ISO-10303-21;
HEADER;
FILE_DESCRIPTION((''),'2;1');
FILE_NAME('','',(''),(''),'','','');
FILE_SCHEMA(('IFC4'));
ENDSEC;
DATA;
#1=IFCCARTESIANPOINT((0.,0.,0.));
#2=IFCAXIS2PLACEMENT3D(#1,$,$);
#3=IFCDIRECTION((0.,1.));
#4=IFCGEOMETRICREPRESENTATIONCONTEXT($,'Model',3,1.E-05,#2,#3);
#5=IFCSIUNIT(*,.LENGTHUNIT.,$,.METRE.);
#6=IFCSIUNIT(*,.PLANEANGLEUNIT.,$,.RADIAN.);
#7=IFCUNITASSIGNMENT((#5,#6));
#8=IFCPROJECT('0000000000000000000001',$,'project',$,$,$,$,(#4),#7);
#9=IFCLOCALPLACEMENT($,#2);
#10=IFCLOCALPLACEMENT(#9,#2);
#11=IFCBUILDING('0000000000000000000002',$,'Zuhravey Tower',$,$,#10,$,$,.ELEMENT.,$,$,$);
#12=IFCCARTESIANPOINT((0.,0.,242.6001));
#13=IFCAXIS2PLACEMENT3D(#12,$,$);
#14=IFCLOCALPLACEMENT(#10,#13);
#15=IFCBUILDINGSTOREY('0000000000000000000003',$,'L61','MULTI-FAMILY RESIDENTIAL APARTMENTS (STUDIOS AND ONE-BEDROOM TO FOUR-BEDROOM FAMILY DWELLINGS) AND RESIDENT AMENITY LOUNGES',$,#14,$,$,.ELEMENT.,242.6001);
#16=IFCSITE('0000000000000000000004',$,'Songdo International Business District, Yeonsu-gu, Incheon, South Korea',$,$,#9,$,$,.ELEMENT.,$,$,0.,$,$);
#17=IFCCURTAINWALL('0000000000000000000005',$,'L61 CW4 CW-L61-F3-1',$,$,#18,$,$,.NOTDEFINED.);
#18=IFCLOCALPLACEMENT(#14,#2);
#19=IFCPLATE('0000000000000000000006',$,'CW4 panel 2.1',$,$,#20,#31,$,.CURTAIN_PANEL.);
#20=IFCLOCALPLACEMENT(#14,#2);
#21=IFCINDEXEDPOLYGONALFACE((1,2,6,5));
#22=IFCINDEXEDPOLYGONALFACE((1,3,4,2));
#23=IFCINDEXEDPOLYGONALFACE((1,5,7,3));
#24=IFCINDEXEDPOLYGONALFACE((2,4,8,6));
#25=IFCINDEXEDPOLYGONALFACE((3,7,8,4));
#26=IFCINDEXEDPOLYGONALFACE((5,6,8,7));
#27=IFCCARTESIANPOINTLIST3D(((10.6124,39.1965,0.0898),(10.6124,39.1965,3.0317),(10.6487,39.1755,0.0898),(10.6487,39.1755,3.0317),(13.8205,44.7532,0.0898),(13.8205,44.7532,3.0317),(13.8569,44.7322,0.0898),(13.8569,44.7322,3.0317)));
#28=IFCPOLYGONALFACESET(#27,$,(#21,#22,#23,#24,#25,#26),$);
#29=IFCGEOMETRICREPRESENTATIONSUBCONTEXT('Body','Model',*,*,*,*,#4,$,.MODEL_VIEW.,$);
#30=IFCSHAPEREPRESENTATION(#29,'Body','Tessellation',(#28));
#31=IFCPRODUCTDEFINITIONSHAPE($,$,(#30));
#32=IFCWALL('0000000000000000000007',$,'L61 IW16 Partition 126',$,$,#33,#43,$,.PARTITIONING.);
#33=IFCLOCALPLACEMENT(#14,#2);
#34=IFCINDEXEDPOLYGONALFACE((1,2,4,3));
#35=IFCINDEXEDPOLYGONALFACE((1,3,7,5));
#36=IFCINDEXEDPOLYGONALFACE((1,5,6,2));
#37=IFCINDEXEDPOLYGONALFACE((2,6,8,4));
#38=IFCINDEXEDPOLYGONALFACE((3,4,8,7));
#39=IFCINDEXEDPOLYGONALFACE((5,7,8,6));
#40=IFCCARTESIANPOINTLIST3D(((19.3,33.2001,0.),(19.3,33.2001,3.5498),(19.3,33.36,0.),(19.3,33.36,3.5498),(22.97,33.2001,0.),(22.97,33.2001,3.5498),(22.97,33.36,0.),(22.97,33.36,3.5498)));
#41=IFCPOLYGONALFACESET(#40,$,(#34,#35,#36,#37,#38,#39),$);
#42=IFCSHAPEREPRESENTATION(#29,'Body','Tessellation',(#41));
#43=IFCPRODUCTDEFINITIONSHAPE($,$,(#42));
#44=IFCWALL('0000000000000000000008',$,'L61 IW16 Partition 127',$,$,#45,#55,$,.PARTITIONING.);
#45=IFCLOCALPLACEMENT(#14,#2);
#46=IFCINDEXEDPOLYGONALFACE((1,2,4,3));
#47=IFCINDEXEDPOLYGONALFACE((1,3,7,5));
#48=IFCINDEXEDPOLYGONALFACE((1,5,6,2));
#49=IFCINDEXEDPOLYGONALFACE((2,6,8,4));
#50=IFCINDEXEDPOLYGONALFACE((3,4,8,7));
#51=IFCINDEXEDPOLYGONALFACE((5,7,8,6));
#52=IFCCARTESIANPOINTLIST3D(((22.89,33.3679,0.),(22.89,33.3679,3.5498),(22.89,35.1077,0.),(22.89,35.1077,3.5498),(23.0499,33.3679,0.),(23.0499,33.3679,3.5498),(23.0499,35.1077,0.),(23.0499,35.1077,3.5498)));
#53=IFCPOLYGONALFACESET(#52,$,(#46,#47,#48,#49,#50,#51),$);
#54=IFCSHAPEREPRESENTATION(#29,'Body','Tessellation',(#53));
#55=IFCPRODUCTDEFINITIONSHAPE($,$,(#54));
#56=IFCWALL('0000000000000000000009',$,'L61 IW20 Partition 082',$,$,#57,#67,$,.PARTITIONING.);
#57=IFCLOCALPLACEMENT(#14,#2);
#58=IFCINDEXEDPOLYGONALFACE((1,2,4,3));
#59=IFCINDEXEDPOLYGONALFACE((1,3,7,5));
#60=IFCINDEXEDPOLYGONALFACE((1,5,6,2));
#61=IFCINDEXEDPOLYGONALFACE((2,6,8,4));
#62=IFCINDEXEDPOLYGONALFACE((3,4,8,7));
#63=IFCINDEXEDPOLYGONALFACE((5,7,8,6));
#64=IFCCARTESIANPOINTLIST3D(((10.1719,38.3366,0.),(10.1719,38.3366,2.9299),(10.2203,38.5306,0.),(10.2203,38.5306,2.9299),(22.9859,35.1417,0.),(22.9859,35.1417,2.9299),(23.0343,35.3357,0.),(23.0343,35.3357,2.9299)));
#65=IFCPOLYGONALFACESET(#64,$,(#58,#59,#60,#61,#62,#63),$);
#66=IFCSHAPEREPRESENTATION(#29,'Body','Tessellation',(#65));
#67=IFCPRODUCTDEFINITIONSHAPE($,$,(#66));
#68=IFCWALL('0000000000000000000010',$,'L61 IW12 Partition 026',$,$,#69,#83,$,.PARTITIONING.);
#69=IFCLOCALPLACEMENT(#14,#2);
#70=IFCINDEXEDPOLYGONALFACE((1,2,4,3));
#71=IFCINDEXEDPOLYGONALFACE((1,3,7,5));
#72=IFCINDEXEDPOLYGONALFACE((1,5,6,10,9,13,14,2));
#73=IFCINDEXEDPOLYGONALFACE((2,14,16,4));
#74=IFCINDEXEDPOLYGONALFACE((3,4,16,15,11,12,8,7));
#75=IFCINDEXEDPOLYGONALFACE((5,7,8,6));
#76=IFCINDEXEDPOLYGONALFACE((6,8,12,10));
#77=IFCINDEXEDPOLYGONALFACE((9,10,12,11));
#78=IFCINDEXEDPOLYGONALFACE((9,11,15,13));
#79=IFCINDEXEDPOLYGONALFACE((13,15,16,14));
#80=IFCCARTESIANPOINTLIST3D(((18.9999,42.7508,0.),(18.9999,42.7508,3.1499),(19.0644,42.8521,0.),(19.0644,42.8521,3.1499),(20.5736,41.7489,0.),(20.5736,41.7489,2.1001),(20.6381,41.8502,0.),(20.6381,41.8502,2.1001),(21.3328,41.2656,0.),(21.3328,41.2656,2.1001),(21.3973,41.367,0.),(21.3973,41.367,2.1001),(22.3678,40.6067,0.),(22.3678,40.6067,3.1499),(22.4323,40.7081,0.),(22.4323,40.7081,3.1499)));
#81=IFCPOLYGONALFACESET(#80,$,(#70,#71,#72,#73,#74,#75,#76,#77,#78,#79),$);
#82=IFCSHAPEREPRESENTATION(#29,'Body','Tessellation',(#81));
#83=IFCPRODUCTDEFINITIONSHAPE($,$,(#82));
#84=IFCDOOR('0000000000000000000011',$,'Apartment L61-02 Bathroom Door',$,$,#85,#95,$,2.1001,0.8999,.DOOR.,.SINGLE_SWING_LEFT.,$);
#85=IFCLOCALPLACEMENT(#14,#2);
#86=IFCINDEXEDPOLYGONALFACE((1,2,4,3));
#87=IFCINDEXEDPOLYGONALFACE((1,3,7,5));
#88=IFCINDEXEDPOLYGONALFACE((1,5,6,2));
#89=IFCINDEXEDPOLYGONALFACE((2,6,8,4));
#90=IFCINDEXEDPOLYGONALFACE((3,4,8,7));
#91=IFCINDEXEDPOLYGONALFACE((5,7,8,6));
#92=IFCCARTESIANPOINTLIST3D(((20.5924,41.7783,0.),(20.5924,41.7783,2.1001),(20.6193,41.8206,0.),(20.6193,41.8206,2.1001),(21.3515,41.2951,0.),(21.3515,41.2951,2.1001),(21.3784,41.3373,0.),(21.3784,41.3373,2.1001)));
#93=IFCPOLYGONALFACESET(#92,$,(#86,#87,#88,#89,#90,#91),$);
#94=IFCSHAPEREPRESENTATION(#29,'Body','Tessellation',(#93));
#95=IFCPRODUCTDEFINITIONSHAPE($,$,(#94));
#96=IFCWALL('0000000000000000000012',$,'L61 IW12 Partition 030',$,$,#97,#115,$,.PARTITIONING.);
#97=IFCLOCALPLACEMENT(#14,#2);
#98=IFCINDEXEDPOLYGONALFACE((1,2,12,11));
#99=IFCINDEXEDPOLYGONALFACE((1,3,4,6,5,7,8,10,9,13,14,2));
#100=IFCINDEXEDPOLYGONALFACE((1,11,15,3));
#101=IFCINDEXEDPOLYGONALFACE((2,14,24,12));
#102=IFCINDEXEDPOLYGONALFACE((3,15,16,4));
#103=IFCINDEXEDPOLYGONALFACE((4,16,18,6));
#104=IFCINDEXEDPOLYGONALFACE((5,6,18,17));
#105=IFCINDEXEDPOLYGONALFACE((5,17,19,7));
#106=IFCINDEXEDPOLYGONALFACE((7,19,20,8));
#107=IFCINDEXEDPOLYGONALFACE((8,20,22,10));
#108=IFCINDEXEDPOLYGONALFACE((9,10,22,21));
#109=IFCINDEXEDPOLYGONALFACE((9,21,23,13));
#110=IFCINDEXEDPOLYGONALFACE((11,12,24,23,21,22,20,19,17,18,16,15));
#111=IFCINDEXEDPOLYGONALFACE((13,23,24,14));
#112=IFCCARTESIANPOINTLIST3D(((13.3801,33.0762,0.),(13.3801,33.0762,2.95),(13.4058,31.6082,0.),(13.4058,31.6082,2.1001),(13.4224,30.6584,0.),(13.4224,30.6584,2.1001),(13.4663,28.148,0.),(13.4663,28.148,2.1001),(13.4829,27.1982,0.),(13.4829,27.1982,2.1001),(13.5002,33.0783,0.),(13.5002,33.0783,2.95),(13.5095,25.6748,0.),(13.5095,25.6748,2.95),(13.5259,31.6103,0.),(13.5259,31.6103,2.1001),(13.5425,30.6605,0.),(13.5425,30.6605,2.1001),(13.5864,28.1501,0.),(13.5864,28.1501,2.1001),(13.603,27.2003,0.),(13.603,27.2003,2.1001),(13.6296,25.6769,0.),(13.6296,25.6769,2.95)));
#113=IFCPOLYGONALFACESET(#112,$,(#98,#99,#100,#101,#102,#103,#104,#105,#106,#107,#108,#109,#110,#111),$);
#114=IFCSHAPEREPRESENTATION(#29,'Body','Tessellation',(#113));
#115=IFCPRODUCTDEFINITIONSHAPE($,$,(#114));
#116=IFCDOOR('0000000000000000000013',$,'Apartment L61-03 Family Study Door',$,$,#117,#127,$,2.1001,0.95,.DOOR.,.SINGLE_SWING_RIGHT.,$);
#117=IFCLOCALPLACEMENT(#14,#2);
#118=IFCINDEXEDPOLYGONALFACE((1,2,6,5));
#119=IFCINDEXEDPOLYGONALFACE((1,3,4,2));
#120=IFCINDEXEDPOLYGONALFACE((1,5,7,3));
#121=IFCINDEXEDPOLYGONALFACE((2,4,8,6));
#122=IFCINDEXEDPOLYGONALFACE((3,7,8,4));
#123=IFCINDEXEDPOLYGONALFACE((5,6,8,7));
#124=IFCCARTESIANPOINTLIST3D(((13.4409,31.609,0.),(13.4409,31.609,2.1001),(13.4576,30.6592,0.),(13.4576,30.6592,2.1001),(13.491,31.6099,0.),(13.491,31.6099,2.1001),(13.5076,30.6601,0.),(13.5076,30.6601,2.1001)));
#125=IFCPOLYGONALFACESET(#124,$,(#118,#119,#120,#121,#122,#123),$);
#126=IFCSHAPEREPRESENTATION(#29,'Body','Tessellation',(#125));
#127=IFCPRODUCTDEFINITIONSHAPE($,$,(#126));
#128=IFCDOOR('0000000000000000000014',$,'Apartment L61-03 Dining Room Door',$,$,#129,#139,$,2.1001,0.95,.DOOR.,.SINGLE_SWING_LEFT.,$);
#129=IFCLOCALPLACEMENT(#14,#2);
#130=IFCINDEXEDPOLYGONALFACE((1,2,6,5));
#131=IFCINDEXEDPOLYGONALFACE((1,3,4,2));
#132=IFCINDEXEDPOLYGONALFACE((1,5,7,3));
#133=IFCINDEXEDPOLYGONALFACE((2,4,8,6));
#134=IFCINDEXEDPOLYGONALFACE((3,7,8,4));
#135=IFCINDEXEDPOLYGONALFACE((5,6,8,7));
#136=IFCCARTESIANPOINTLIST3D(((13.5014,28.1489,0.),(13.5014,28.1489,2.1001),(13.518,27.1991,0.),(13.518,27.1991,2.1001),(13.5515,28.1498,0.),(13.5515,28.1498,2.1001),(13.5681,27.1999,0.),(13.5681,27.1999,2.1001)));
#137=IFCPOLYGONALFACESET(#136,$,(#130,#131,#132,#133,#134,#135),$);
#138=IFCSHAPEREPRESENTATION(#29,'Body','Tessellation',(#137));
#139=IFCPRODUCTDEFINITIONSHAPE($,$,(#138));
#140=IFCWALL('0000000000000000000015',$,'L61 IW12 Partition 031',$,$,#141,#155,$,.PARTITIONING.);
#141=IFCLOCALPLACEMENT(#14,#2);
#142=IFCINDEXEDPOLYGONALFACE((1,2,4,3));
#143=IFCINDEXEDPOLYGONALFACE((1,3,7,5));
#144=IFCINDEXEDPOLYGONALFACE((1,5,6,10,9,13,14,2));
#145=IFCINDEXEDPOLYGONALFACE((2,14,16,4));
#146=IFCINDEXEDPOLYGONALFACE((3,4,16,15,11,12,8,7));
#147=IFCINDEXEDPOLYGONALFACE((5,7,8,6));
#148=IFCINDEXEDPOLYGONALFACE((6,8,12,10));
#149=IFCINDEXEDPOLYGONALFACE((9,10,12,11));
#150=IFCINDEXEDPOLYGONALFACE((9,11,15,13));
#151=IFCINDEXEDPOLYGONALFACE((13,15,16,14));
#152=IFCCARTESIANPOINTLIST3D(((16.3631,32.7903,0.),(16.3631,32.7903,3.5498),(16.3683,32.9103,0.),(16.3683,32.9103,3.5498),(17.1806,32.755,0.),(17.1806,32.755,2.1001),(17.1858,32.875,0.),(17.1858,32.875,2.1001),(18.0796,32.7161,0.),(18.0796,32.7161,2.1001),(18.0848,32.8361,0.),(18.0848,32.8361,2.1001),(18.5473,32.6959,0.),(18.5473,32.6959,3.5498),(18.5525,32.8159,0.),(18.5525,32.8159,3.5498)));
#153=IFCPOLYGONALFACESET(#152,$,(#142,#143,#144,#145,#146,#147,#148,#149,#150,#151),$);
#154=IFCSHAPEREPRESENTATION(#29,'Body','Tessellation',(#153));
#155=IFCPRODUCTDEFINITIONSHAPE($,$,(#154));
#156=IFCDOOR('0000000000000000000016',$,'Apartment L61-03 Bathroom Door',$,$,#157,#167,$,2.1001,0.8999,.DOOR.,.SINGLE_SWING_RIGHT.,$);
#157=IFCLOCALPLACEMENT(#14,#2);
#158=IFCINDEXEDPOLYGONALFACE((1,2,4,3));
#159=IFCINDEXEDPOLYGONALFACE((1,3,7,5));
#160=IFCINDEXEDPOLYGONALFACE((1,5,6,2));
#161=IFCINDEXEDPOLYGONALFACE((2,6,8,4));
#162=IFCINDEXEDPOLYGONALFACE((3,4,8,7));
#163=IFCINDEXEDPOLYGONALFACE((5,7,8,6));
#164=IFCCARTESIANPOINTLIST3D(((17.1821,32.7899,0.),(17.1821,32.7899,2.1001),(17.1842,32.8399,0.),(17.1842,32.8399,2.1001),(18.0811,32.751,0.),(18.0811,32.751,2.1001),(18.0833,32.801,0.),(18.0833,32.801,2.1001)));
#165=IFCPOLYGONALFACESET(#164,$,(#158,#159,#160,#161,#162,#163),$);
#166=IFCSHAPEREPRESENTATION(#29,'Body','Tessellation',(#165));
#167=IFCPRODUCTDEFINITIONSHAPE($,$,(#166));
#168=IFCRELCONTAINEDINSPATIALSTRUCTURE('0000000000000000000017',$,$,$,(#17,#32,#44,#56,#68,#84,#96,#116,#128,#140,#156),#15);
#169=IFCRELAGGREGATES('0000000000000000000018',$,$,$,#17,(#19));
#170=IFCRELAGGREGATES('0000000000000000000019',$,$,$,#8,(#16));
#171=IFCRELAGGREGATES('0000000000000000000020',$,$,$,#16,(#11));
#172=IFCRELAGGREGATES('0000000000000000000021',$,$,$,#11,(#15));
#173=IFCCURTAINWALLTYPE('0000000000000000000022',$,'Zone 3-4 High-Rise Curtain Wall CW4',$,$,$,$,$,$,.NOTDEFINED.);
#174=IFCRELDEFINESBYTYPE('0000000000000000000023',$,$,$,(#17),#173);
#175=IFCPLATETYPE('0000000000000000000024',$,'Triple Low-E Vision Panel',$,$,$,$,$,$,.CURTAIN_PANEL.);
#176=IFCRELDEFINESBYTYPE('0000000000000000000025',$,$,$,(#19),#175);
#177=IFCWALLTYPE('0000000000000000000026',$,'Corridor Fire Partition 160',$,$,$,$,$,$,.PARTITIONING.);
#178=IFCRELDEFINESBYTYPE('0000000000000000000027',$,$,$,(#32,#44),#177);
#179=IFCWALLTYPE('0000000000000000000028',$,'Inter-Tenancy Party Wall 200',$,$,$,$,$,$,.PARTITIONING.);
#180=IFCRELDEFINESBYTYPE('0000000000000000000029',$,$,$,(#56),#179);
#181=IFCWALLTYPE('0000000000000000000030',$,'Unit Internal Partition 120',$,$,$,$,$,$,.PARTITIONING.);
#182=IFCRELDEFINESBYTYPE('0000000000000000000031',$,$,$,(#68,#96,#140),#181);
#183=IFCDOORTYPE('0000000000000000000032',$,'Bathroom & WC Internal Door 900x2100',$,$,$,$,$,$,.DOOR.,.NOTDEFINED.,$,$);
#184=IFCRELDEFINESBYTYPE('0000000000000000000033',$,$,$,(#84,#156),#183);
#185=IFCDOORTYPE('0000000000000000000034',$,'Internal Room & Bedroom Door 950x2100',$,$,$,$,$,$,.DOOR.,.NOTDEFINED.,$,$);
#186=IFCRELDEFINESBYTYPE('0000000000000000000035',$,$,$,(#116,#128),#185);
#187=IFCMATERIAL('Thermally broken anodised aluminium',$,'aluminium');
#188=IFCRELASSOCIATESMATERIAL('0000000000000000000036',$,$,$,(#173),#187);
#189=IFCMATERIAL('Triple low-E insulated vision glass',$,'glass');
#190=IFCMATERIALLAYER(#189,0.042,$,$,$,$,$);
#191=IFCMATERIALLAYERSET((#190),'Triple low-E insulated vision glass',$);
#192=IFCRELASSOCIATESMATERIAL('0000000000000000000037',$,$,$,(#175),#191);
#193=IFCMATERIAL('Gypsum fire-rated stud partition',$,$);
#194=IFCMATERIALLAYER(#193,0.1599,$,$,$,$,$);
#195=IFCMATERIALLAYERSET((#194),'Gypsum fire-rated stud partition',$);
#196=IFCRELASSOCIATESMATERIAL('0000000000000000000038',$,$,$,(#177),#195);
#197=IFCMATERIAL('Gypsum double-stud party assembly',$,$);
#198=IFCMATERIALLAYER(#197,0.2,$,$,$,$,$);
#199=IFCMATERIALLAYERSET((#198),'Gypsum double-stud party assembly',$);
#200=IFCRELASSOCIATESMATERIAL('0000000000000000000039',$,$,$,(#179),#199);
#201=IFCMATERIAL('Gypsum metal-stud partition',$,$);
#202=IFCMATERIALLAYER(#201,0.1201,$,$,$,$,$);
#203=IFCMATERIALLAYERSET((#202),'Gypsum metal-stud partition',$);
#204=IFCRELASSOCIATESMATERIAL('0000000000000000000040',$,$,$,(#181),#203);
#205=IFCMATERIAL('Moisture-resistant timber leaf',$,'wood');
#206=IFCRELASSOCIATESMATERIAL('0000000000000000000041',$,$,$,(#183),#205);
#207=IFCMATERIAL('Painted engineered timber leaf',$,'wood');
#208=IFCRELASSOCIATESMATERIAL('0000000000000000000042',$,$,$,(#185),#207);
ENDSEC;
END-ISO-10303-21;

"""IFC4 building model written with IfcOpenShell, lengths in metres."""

from ifc_helpers import new_model, si_unit, direction, frame, frame_2d, origin, origin_2d, place, context, subcontext, project, spatial, rectangle, extrude, material, layer, layer_set, type_object, element, fill, aggregate, save


model = new_model("IFC4")

# Units and contexts
model_context = context("Model", 3, precision=1e-05, world=origin(), true_north=direction((0.0, 1.0)))
body_context = subcontext(model_context, "Body", "Model", "MODEL_VIEW")
ifc_project = project(units=[si_unit("LENGTHUNIT", "METRE"), si_unit("PLANEANGLEUNIT", "RADIAN")], contexts=[model_context])

# Site, building, storey
site_placement = place(None, origin())
site = spatial("IfcSite", under=ifc_project, at=site_placement, Name="Songdo International Business District, Yeonsu-gu, Incheon, South Korea", CompositionType="ELEMENT", RefElevation=0.0)
building_placement = place(site_placement, origin())
building = spatial("IfcBuilding", under=site, at=building_placement, Name="Zuhravey Tower", CompositionType="ELEMENT")
storey_placement = place(building_placement, frame((0.0, 0.0, 242.6001)))
storey = spatial("IfcBuildingStorey", under=building, at=storey_placement, Name="L61", Description="MULTI-FAMILY RESIDENTIAL APARTMENTS (STUDIOS AND ONE-BEDROOM TO FOUR-BEDROOM FAMILY DWELLINGS) AND RESIDENT AMENITY LOUNGES", CompositionType="ELEMENT", Elevation=242.6001)

# Curtain wall
ifc_material_1 = material(Name="Thermally broken anodised aluminium", Category="aluminium")
curtain_wall_type = type_object("IfcCurtainWallType", Name="Zone 3-4 High-Rise Curtain Wall CW4", PredefinedType="NOTDEFINED", material=ifc_material_1)
curtain_wall_placement = place(storey_placement, origin())
curtain_wall = element("IfcCurtainWall", 1, at=curtain_wall_placement, inside=storey, type_object=curtain_wall_type, Name="L61 CW4 CW-L61-F3-1", PredefinedType="NOTDEFINED")

# Plate
ifc_material_2 = material(Name="Triple low-E insulated vision glass", Category="glass")
ifc_layer_1 = layer(ifc_material_2, 0.042)
ifc_layer_set_1 = layer_set([ifc_layer_1], Name="Triple low-E insulated vision glass")
plate_type = type_object("IfcPlateType", Name="Triple Low-E Vision Panel", PredefinedType="CURTAIN_PANEL", material=ifc_layer_set_1)
plate_1_placement = place(storey_placement, frame((12.2346, 41.9644, 0.0898), z_axis=(0.0, 0.0, 1.0), x_axis=(0.500001, 0.866025, 0.0)))
plate_1 = element("IfcPlate", 2, at=plate_1_placement, type_object=plate_type, Name="CW4 panel 2.1", PredefinedType="CURTAIN_PANEL", context=body_context, shape_type="SweptSolid", body=[
    extrude(rectangle(XDim=6.4163, YDim=0.042, at=origin_2d()), origin(), (0.0, 0.0, 1.0), 2.9419),
])
aggregate(curtain_wall, [plate_1])

# Shared definitions
ifc_material_3 = material(Name="Gypsum fire-rated stud partition")
ifc_layer_2 = layer(ifc_material_3, 0.1599)
ifc_layer_set_2 = layer_set([ifc_layer_2], Name="Gypsum fire-rated stud partition")
wall_type_1 = type_object("IfcWallType", Name="Corridor Fire Partition 160", PredefinedType="PARTITIONING", material=ifc_layer_set_2)

# Walls
wall_1_placement = place(storey_placement, frame((22.97, 33.28, 0.0), z_axis=(0.0, 0.0, 1.0), x_axis=(-1.0, 0.0, 0.0)))
element("IfcWall", 3, at=wall_1_placement, inside=storey, type_object=wall_type_1, Name="L61 IW16 Partition 126", PredefinedType="PARTITIONING", context=body_context, shape_type="SweptSolid", body=[
    extrude(rectangle(XDim=3.6699, YDim=0.1599, at=frame_2d((1.835, 0.0))), origin(), (0.0, 0.0, 1.0), 3.5498),
])
wall_2_placement = place(storey_placement, frame((22.97, 35.1077, 0.0), z_axis=(0.0, 0.0, 1.0), x_axis=(0.0, -1.0, 0.0)))
element("IfcWall", 4, at=wall_2_placement, inside=storey, type_object=wall_type_1, Name="L61 IW16 Partition 127", PredefinedType="PARTITIONING", context=body_context, shape_type="SweptSolid", body=[
    extrude(rectangle(XDim=1.7397, YDim=0.1599, at=frame_2d((0.8699, 0.0))), origin(), (0.0, 0.0, 1.0), 3.5498),
])
ifc_material_4 = material(Name="Gypsum double-stud party assembly")
ifc_layer_3 = layer(ifc_material_4, 0.2)
ifc_layer_set_3 = layer_set([ifc_layer_3], Name="Gypsum double-stud party assembly")
wall_type_2 = type_object("IfcWallType", Name="Inter-Tenancy Party Wall 200", PredefinedType="PARTITIONING", material=ifc_layer_set_3)
wall_3_placement = place(storey_placement, frame((23.01, 35.2388, 0.0), z_axis=(0.0, 0.0, 1.0), x_axis=(-0.970297, 0.241918, 0.0)))
element("IfcWall", 5, at=wall_3_placement, inside=storey, type_object=wall_type_2, Name="L61 IW20 Partition 082", PredefinedType="PARTITIONING", context=body_context, shape_type="SweptSolid", body=[
    extrude(rectangle(XDim=13.2063, YDim=0.2, at=frame_2d((6.603, 0.0))), origin(), (0.0, 0.0, 1.0), 2.9299),
])

# Wall, opening, door
ifc_material_5 = material(Name="Gypsum metal-stud partition")
ifc_layer_4 = layer(ifc_material_5, 0.1201)
ifc_layer_set_4 = layer_set([ifc_layer_4], Name="Gypsum metal-stud partition")
wall_type_3 = type_object("IfcWallType", Name="Unit Internal Partition 120", PredefinedType="PARTITIONING", material=ifc_layer_set_4)
wall_4_placement = place(storey_placement, frame((22.3999, 40.6575, 0.0), z_axis=(0.0, 0.0, 1.0), x_axis=(-0.843568, 0.537022, 0.0)))
wall_4 = element("IfcWall", 6, at=wall_4_placement, inside=storey, type_object=wall_type_3, Name="L61 IW12 Partition 026", PredefinedType="PARTITIONING", context=body_context, shape_type="SweptSolid", body=[
    extrude(rectangle(XDim=3.9924, YDim=0.1201, at=frame_2d((1.9961, 0.0))), origin(), (0.0, 0.0, 1.0), 3.1499),
])
opening_1_placement = place(wall_4_placement, frame((1.2268, 0.0, 0.0)))
opening_1 = element("IfcOpeningElement", 7, at=opening_1_placement, cuts=wall_4, PredefinedType="OPENING", context=body_context, shape_type="SweptSolid", body=[
    extrude(rectangle(XDim=0.8999, YDim=2.1001, at=frame_2d((0.45, 1.05))), frame((0.0, 0.072, 0.0), z_axis=(0.0, -1.0, 0.0), x_axis=(1.0, 0.0, 0.0)), (0.0, 0.0, 1.0), 0.144),
])
ifc_material_6 = material(Name="Moisture-resistant timber leaf", Category="wood")
door_type_1 = type_object("IfcDoorType", Name="Bathroom & WC Internal Door 900x2100", OperationType="NOTDEFINED", PredefinedType="DOOR", material=ifc_material_6)
door_1_placement = place(opening_1_placement, frame((0.8999, 0.0, 0.0), z_axis=(0.0, 0.0, 1.0), x_axis=(-1.0, 0.0, 0.0)))
door_1 = element("IfcDoor", 8, at=door_1_placement, inside=storey, type_object=door_type_1, Name="Apartment L61-02 Bathroom Door", OperationType="SINGLE_SWING_LEFT", OverallHeight=2.1001, OverallWidth=0.8999, PredefinedType="DOOR", context=body_context, shape_type="SweptSolid", body=[
    extrude(rectangle(XDim=0.8999, YDim=2.1001, at=frame_2d((0.45, 1.05))), frame((0.0, 0.0249, 0.0), z_axis=(0.0, -1.0, 0.0), x_axis=(1.0, 0.0, 0.0)), (0.0, 0.0, 1.0), 0.05),
])
fill(opening_1, door_1)

# Wall, openings, doors
wall_5_placement = place(storey_placement, frame((13.4402, 33.0771, 0.0), z_axis=(0.0, 0.0, 1.0), x_axis=(0.01748, -0.999847, 0.0)))
wall_5 = element("IfcWall", 9, at=wall_5_placement, inside=storey, type_object=wall_type_3, Name="L61 IW12 Partition 030", PredefinedType="PARTITIONING", context=body_context, shape_type="SweptSolid", body=[
    extrude(rectangle(XDim=7.4026, YDim=0.1201, at=frame_2d((3.7012, 0.0))), origin(), (0.0, 0.0, 1.0), 2.95),
])
opening_2_placement = place(wall_5_placement, frame((1.468, 0.0, 0.0)))
opening_2 = element("IfcOpeningElement", 10, at=opening_2_placement, cuts=wall_5, PredefinedType="OPENING", context=body_context, shape_type="SweptSolid", body=[
    extrude(rectangle(XDim=0.95, YDim=2.1001, at=frame_2d((0.4751, 1.05))), frame((0.0, 0.072, 0.0), z_axis=(0.0, -1.0, 0.0), x_axis=(1.0, 0.0, 0.0)), (0.0, 0.0, 1.0), 0.144),
])
opening_3_placement = place(wall_5_placement, frame((4.9287, 0.0, 0.0)))
opening_3 = element("IfcOpeningElement", 11, at=opening_3_placement, cuts=wall_5, PredefinedType="OPENING", context=body_context, shape_type="SweptSolid", body=[
    extrude(rectangle(XDim=0.95, YDim=2.1001, at=frame_2d((0.4751, 1.05))), frame((0.0, 0.072, 0.0), z_axis=(0.0, -1.0, 0.0), x_axis=(1.0, 0.0, 0.0)), (0.0, 0.0, 1.0), 0.144),
])
ifc_material_7 = material(Name="Painted engineered timber leaf", Category="wood")
door_type_2 = type_object("IfcDoorType", Name="Internal Room & Bedroom Door 950x2100", OperationType="NOTDEFINED", PredefinedType="DOOR", material=ifc_material_7)
door_2_placement = place(opening_2_placement, frame((0.95, 0.0, 0.0), z_axis=(0.0, 0.0, 1.0), x_axis=(-1.0, 0.0, 0.0)))
door_2 = element("IfcDoor", 12, at=door_2_placement, inside=storey, type_object=door_type_2, Name="Apartment L61-03 Family Study Door", OperationType="SINGLE_SWING_RIGHT", OverallHeight=2.1001, OverallWidth=0.95, PredefinedType="DOOR", context=body_context, shape_type="SweptSolid", body=[
    extrude(rectangle(XDim=0.95, YDim=2.1001, at=frame_2d((0.4751, 1.05))), frame((0.0, 0.0249, 0.0), z_axis=(0.0, -1.0, 0.0), x_axis=(1.0, 0.0, 0.0)), (0.0, 0.0, 1.0), 0.05),
])
fill(opening_2, door_2)
door_3_placement = place(opening_3_placement, frame((0.95, 0.0, 0.0), z_axis=(0.0, 0.0, 1.0), x_axis=(-1.0, 0.0, 0.0)))
door_3 = element("IfcDoor", 13, at=door_3_placement, inside=storey, type_object=door_type_2, Name="Apartment L61-03 Dining Room Door", OperationType="SINGLE_SWING_LEFT", OverallHeight=2.1001, OverallWidth=0.95, PredefinedType="DOOR", context=body_context, shape_type="SweptSolid", body=[
    extrude(rectangle(XDim=0.95, YDim=2.1001, at=frame_2d((0.4751, 1.05))), frame((0.0, 0.0249, 0.0), z_axis=(0.0, -1.0, 0.0), x_axis=(1.0, 0.0, 0.0)), (0.0, 0.0, 1.0), 0.05),
])
fill(opening_3, door_3)

# Wall, opening, door
wall_6_placement = place(storey_placement, frame((18.55, 32.7559, 0.0), z_axis=(0.0, 0.0, 1.0), x_axis=(-0.999066, 0.043214, 0.0)))
wall_6 = element("IfcWall", 14, at=wall_6_placement, inside=storey, type_object=wall_type_3, Name="L61 IW12 Partition 031", PredefinedType="PARTITIONING", context=body_context, shape_type="SweptSolid", body=[
    extrude(rectangle(XDim=2.1863, YDim=0.1201, at=frame_2d((1.0933, 0.0))), origin(), (0.0, 0.0, 1.0), 3.5498),
])
opening_4_placement = place(wall_6_placement, frame((0.4683, 0.0, 0.0)))
opening_4 = element("IfcOpeningElement", 15, at=opening_4_placement, cuts=wall_6, PredefinedType="OPENING", context=body_context, shape_type="SweptSolid", body=[
    extrude(rectangle(XDim=0.8999, YDim=2.1001, at=frame_2d((0.45, 1.05))), frame((0.0, 0.072, 0.0), z_axis=(0.0, -1.0, 0.0), x_axis=(1.0, 0.0, 0.0)), (0.0, 0.0, 1.0), 0.144),
])
door_4_placement = place(opening_4_placement, frame((0.8999, 0.0, 0.0), z_axis=(0.0, 0.0, 1.0), x_axis=(-1.0, 0.0, 0.0)))
door_4 = element("IfcDoor", 16, at=door_4_placement, inside=storey, type_object=door_type_1, Name="Apartment L61-03 Bathroom Door", OperationType="SINGLE_SWING_RIGHT", OverallHeight=2.1001, OverallWidth=0.8999, PredefinedType="DOOR", context=body_context, shape_type="SweptSolid", body=[
    extrude(rectangle(XDim=0.8999, YDim=2.1001, at=frame_2d((0.45, 1.05))), frame((0.0, 0.0249, 0.0), z_axis=(0.0, -1.0, 0.0), x_axis=(1.0, 0.0, 0.0)), (0.0, 0.0, 1.0), 0.05),
])
fill(opening_4, door_4)

save(model, "model.ifc")
